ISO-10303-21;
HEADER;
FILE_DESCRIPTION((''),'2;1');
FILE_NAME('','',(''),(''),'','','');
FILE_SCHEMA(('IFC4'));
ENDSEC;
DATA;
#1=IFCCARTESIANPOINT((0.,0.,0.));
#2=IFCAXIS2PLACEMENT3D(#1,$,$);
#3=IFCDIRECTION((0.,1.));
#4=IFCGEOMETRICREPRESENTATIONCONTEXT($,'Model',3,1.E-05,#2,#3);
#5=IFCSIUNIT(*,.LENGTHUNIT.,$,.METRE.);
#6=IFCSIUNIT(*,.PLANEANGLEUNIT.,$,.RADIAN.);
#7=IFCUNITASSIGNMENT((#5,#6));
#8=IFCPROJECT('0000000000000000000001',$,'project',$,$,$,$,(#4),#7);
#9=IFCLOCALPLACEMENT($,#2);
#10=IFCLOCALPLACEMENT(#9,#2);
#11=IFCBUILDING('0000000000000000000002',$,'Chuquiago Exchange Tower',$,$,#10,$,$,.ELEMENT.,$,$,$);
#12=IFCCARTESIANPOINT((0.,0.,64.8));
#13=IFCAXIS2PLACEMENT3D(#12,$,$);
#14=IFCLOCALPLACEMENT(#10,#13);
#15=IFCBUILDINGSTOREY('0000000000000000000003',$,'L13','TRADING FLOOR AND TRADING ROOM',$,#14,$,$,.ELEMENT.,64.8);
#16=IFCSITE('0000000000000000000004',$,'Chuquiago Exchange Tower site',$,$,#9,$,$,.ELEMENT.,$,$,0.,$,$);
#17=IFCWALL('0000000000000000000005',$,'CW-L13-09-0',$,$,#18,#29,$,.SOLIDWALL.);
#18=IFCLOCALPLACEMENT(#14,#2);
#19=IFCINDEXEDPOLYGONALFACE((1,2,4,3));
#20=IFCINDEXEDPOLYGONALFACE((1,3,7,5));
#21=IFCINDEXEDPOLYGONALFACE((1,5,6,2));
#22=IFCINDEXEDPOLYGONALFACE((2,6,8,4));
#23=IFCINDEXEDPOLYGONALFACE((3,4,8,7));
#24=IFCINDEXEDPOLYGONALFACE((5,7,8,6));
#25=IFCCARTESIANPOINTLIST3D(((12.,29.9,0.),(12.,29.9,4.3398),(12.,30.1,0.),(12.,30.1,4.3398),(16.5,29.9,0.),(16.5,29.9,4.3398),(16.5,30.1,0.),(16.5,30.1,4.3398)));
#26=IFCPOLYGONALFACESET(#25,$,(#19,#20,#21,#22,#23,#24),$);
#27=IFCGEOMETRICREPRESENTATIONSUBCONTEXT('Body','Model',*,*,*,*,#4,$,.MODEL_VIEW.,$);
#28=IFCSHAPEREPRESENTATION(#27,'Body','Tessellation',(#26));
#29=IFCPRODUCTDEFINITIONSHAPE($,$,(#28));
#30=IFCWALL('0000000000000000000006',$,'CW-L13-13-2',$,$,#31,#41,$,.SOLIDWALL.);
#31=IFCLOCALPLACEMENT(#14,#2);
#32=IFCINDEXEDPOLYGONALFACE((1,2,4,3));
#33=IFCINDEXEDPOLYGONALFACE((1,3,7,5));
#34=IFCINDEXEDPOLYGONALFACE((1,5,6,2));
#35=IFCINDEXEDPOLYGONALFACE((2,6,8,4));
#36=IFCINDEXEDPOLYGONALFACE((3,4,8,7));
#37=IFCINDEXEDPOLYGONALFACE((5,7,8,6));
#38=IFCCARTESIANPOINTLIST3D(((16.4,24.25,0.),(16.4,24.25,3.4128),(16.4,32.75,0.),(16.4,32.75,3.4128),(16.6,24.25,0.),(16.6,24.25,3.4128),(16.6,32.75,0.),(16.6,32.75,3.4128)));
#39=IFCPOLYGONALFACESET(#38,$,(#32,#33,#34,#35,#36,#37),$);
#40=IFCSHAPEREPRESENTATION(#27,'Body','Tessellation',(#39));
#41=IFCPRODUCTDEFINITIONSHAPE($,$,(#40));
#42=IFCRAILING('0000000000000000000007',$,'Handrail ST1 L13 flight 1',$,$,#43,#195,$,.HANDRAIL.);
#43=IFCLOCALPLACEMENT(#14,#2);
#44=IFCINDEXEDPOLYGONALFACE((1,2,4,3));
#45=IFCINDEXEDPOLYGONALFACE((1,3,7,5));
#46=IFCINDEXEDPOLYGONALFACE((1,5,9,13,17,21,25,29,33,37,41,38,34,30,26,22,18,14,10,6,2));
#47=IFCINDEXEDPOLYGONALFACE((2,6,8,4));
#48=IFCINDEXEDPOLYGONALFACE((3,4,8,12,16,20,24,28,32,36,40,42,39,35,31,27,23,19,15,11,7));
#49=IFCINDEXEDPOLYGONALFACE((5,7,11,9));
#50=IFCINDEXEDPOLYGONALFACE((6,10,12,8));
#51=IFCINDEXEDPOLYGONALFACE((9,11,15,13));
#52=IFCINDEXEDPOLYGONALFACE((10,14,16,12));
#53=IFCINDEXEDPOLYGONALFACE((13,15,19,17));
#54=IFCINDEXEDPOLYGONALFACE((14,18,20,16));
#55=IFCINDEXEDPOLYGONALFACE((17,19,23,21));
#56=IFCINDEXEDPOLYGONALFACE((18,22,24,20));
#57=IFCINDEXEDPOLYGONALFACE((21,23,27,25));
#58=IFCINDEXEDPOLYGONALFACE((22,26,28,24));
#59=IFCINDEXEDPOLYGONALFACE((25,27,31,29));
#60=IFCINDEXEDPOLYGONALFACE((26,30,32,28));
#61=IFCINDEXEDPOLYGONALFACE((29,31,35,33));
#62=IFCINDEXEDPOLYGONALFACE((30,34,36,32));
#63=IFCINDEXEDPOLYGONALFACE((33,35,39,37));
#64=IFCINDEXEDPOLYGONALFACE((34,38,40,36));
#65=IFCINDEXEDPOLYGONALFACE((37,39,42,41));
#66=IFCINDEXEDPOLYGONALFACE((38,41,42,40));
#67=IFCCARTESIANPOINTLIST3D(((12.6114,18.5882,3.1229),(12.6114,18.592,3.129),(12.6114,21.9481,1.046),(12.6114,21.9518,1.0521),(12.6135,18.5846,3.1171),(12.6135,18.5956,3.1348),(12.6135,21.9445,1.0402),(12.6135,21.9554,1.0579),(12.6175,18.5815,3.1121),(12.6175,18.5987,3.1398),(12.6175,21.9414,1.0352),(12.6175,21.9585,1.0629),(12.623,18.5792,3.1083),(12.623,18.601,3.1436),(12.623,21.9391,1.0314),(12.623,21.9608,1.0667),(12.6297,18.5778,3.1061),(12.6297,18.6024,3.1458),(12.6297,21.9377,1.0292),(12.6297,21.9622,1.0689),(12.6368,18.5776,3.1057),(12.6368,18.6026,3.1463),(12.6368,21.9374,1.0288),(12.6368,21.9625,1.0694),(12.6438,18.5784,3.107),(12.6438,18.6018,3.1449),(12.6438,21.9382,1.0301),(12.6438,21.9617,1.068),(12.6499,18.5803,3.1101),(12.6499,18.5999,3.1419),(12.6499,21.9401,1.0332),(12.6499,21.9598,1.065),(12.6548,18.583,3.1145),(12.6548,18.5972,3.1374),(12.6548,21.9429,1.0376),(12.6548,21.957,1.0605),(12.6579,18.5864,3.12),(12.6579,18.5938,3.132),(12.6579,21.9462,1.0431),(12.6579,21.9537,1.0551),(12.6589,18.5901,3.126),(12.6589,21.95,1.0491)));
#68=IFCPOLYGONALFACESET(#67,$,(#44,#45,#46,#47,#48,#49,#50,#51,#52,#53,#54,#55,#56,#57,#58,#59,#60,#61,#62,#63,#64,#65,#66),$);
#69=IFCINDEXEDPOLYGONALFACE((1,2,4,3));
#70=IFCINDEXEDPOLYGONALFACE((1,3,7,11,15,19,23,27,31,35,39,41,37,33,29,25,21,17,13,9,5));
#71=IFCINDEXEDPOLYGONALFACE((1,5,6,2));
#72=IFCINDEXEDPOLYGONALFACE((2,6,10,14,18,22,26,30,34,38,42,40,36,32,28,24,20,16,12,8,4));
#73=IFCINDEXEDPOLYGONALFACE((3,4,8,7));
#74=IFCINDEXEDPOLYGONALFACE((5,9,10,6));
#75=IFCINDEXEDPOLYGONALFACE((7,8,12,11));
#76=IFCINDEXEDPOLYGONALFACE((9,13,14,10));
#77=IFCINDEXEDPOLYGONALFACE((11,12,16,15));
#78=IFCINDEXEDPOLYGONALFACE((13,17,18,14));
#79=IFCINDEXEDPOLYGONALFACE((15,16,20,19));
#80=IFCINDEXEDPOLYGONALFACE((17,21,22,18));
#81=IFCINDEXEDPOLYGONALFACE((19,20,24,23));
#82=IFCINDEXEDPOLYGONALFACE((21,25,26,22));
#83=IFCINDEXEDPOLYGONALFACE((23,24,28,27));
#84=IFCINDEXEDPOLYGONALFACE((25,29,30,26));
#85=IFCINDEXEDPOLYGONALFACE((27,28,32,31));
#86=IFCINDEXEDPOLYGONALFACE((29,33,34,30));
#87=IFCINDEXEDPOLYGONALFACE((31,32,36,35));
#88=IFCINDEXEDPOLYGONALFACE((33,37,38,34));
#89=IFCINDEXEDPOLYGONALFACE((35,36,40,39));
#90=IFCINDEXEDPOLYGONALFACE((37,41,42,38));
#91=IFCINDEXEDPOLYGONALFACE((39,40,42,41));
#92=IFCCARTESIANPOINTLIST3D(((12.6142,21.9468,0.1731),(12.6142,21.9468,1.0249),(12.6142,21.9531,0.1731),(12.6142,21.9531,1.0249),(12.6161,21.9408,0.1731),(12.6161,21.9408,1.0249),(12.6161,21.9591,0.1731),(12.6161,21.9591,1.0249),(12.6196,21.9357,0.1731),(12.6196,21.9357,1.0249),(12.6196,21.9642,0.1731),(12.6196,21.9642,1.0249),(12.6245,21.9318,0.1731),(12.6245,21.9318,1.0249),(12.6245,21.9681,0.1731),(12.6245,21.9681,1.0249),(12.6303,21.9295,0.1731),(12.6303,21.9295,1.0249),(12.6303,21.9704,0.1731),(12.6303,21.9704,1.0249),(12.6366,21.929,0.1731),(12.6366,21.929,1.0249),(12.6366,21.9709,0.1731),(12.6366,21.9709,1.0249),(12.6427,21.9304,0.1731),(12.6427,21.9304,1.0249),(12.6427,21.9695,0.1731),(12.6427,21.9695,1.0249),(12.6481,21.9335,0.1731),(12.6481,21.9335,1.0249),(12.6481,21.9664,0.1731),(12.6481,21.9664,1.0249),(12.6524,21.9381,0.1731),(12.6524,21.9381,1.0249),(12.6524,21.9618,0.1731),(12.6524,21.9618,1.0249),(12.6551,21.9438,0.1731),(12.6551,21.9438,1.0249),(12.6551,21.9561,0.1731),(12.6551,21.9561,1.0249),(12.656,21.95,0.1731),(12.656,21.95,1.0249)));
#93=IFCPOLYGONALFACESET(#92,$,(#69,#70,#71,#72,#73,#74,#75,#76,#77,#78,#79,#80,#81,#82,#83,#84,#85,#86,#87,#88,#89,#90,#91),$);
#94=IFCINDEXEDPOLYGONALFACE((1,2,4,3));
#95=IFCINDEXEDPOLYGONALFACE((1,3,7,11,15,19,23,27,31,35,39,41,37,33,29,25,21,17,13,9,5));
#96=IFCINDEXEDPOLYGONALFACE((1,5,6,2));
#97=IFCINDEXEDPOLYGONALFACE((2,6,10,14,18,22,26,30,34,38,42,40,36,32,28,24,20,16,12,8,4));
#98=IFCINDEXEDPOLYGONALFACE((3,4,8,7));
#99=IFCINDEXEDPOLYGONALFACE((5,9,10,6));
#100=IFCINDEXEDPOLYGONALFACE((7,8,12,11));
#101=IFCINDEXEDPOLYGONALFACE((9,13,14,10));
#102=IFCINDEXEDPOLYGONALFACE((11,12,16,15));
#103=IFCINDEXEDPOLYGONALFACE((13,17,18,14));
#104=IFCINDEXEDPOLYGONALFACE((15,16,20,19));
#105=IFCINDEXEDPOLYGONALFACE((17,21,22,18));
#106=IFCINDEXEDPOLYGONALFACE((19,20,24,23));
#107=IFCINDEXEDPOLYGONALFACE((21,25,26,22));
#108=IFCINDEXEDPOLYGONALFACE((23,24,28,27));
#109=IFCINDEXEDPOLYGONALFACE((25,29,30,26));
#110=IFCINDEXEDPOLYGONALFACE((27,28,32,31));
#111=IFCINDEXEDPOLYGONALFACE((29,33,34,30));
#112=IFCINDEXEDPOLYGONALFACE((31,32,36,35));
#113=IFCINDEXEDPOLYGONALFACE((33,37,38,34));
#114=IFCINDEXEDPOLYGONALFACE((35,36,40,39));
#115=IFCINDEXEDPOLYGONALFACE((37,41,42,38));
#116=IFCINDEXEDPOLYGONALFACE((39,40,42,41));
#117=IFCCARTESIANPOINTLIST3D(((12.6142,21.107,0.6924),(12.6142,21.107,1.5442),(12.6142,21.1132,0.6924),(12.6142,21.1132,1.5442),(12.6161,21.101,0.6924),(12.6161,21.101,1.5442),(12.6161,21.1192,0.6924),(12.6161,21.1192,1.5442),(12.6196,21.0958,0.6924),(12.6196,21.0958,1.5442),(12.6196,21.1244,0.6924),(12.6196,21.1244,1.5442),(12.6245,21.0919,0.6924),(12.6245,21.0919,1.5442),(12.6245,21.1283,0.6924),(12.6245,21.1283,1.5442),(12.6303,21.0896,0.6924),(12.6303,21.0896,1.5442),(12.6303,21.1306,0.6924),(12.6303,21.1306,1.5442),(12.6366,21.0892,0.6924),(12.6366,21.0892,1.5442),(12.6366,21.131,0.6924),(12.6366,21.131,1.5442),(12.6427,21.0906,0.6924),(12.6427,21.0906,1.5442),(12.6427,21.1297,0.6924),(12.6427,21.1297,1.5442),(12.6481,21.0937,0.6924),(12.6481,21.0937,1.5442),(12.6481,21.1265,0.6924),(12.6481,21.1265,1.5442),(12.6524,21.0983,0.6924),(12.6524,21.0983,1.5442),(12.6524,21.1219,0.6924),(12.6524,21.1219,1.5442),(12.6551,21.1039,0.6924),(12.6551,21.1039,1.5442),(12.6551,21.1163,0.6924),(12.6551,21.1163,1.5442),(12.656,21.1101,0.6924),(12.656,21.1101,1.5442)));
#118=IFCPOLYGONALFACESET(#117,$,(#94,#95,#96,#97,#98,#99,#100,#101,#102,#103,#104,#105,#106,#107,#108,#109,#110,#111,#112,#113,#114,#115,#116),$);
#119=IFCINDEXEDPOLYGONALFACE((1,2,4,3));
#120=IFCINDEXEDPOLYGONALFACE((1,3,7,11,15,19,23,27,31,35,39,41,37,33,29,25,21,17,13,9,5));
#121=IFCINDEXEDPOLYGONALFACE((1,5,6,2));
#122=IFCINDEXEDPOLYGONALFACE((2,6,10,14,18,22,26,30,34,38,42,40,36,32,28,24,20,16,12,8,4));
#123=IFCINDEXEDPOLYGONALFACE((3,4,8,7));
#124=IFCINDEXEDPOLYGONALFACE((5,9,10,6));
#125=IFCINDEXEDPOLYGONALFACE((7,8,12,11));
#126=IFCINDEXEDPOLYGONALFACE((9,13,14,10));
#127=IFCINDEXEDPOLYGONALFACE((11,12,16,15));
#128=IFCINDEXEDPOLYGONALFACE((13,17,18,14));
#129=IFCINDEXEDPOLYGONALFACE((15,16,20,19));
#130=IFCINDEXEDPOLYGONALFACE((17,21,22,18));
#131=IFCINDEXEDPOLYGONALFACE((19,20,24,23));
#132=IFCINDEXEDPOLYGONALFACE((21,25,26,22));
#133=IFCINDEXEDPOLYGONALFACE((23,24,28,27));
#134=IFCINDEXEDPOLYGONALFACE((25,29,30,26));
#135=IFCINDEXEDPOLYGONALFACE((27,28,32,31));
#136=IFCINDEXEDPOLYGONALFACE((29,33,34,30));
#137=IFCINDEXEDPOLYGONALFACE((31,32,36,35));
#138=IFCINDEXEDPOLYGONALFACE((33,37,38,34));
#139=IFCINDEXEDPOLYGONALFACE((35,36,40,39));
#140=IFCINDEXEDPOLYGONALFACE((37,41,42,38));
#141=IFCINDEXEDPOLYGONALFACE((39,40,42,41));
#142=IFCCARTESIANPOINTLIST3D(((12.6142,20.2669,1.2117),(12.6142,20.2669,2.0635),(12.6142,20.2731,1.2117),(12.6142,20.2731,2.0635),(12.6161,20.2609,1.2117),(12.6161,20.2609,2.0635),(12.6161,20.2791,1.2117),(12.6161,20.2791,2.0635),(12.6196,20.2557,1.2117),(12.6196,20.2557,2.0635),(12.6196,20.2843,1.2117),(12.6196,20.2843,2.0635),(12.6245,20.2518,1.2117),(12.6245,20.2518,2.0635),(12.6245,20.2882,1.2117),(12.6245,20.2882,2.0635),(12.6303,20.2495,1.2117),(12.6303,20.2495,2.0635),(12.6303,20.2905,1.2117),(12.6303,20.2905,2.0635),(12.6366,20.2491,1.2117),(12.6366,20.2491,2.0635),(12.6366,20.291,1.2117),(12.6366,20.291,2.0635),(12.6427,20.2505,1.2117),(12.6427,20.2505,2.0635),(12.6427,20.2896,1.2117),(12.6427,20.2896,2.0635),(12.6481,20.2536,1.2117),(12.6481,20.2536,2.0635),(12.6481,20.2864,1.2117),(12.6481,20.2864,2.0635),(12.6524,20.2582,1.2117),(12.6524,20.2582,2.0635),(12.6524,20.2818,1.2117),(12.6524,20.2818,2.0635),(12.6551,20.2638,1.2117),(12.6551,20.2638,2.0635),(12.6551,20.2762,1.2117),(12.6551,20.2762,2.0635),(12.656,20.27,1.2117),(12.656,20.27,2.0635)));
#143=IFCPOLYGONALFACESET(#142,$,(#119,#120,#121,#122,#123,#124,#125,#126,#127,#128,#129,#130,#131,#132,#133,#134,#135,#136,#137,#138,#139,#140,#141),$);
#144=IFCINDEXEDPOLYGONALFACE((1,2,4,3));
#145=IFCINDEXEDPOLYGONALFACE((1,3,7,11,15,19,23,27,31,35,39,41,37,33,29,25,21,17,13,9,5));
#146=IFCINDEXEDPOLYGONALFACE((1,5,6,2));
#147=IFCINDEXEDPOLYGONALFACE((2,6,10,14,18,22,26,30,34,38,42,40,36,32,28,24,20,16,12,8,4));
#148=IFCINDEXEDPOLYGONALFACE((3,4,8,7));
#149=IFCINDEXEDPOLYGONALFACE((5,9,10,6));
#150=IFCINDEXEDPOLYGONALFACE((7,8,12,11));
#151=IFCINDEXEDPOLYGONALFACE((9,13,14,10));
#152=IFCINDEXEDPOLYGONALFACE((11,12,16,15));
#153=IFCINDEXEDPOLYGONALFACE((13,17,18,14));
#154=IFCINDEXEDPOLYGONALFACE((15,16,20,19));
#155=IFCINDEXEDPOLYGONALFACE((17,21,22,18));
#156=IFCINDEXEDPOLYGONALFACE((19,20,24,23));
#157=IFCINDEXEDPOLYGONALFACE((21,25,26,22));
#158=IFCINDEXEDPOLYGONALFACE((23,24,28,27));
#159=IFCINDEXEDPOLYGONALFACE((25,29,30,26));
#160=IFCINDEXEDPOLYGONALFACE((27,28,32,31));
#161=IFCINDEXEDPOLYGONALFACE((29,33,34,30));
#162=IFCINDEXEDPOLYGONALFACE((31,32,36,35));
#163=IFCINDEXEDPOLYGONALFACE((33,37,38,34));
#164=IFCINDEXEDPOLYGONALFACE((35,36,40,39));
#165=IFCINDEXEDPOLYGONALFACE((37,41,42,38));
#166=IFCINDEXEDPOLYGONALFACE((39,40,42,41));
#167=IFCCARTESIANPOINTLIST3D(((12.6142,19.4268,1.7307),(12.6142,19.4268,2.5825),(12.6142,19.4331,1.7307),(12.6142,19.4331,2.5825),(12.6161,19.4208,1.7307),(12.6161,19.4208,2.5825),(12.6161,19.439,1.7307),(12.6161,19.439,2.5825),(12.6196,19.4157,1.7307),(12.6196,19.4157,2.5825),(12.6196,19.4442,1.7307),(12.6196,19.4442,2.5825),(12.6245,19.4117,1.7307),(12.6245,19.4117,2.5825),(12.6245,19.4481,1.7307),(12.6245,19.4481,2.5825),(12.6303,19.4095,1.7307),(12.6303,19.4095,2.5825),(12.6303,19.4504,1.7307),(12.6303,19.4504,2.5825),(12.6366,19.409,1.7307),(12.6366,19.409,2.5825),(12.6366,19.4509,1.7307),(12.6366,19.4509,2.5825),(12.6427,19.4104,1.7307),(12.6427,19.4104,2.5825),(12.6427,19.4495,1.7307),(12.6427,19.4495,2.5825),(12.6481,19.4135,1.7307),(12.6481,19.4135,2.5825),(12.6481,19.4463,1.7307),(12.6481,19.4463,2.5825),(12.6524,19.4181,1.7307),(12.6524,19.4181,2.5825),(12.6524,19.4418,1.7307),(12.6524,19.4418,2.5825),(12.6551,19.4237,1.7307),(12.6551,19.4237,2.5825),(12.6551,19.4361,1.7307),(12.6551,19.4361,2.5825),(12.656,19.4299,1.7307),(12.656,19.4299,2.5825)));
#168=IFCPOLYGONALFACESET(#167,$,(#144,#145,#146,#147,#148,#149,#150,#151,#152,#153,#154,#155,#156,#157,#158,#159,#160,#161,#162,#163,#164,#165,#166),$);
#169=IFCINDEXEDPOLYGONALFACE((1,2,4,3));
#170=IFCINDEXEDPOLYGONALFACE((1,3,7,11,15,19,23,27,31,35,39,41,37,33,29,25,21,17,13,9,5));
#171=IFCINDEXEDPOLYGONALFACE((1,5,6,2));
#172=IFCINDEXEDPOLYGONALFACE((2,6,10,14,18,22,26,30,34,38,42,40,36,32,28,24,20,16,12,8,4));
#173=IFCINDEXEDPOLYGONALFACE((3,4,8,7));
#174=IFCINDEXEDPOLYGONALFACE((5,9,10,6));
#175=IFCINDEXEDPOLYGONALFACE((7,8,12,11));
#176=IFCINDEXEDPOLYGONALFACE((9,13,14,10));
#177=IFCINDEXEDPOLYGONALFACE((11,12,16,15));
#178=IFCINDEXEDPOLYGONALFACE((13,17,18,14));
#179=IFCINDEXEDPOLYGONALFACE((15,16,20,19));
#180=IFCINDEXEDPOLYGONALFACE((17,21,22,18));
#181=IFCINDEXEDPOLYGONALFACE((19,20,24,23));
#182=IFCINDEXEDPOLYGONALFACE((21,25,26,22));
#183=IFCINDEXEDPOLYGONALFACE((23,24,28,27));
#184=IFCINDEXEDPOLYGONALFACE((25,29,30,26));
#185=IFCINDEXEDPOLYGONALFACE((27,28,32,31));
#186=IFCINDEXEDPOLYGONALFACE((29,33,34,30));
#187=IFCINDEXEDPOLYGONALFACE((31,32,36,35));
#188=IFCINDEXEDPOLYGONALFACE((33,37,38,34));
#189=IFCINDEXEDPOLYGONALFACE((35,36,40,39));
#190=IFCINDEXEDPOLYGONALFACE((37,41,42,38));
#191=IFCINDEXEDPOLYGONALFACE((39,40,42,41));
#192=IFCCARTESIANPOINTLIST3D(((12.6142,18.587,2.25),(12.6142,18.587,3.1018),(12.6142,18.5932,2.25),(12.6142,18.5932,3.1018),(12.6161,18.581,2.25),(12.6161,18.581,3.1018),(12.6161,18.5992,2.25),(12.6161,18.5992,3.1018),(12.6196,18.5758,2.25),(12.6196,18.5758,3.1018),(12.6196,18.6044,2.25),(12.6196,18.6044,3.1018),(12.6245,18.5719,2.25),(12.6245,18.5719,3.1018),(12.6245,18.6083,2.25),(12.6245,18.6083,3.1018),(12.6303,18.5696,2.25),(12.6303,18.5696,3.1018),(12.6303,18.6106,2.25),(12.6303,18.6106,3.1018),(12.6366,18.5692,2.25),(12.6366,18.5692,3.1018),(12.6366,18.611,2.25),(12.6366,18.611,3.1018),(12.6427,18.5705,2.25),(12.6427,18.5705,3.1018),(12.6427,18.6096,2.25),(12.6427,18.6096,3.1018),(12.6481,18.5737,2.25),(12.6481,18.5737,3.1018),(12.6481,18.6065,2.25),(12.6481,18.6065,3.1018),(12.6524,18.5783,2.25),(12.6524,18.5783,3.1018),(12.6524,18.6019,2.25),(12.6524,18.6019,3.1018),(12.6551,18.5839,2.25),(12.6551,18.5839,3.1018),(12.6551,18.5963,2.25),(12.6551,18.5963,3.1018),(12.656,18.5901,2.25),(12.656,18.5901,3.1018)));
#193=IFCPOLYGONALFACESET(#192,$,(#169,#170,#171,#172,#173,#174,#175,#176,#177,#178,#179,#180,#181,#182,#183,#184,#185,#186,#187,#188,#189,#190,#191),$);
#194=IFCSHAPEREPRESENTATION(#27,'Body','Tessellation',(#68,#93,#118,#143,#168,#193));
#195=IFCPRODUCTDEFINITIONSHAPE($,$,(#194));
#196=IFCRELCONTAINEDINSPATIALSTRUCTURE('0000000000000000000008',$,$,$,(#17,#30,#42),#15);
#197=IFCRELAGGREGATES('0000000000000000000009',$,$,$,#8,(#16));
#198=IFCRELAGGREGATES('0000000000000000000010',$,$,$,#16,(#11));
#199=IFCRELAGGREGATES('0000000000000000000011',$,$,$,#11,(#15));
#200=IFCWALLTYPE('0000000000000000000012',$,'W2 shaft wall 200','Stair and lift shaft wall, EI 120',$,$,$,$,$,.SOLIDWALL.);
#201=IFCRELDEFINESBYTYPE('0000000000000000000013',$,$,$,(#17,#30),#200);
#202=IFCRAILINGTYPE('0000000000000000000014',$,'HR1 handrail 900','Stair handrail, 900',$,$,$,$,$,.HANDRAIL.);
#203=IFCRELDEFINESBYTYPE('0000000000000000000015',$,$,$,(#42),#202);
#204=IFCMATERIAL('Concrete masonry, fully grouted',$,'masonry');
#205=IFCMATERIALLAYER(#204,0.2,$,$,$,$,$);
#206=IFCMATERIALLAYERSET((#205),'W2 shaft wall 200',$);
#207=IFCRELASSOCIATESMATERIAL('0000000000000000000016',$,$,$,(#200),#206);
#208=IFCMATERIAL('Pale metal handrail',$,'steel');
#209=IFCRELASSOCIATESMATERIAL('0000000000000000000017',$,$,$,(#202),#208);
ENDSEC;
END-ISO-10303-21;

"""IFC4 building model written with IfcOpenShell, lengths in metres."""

from ifc_helpers import new_model, si_unit, direction, frame, frame_2d, origin, origin_2d, place, context, subcontext, project, spatial, rectangle, circle, extrude, material, layer, layer_set, type_object, element, save


model = new_model("IFC4")

# Units and contexts
model_context = context("Model", 3, precision=1e-05, world=origin(), true_north=direction((0.0, 1.0)))
body_context = subcontext(model_context, "Body", "Model", "MODEL_VIEW")
ifc_project = project(units=[si_unit("LENGTHUNIT", "METRE"), si_unit("PLANEANGLEUNIT", "RADIAN")], contexts=[model_context])

# Site, building, storey
site_placement = place(None, origin())
site = spatial("IfcSite", under=ifc_project, at=site_placement, Name="Chuquiago Exchange Tower site", CompositionType="ELEMENT", RefElevation=0.0)
building_placement = place(site_placement, origin())
building = spatial("IfcBuilding", under=site, at=building_placement, Name="Chuquiago Exchange Tower", CompositionType="ELEMENT")
storey_placement = place(building_placement, frame((0.0, 0.0, 64.8)))
storey = spatial("IfcBuildingStorey", under=building, at=storey_placement, Name="L13", Description="TRADING FLOOR AND TRADING ROOM", CompositionType="ELEMENT", Elevation=64.8)

# Shared definitions
ifc_material_1 = material(Name="Concrete masonry, fully grouted", Category="masonry")
ifc_layer_1 = layer(ifc_material_1, 0.2)
ifc_layer_set_1 = layer_set([ifc_layer_1], Name="W2 shaft wall 200")
wall_type_1 = type_object("IfcWallType", Name="W2 shaft wall 200", Description="Stair and lift shaft wall, EI 120", PredefinedType="SOLIDWALL", material=ifc_layer_set_1)

# Walls
wall_1_placement = place(storey_placement, frame((12.0, 30.0, 0.0), z_axis=(0.0, 0.0, 1.0), x_axis=(1.0, 0.0, 0.0)))
element("IfcWall", 1, at=wall_1_placement, inside=storey, type_object=wall_type_1, Name="CW-L13-09-0", PredefinedType="SOLIDWALL", context=body_context, shape_type="SweptSolid", body=[
    extrude(rectangle(XDim=4.5, YDim=0.2, at=frame_2d((2.25, 0.0))), origin(), (0.0, 0.0, 1.0), 4.3398),
])
wall_2_placement = place(storey_placement, frame((16.5, 24.25, 0.0), z_axis=(0.0, 0.0, 1.0), x_axis=(0.0, 1.0, 0.0)))
element("IfcWall", 2, at=wall_2_placement, inside=storey, type_object=wall_type_1, Name="CW-L13-13-2", PredefinedType="SOLIDWALL", context=body_context, shape_type="SweptSolid", body=[
    extrude(rectangle(XDim=8.5, YDim=0.2, at=frame_2d((4.25, 0.0))), origin(), (0.0, 0.0, 1.0), 3.4128),
])

# Railing
ifc_material_2 = material(Name="Pale metal handrail", Category="steel")
railing_type = type_object("IfcRailingType", Name="HR1 handrail 900", Description="Stair handrail, 900", PredefinedType="HANDRAIL", material=ifc_material_2)
for number, where, name in (
    (3, (12.635, 21.95, 0.1731), "Handrail ST1 L13 flight 1"),
):
    element("IfcRailing", number, at=place(storey_placement, frame(where)), inside=storey, type_object=railing_type, Name=name, PredefinedType="HANDRAIL", context=body_context, shape_type="SweptSolid", body=[
        extrude(circle(Radius=0.0239, at=origin_2d()), frame((0.0, 0.0, 0.876), z_axis=(0.0, -0.850606, 0.525803), x_axis=(1.0, 0.0, 0.0)), (0.0, 0.0, 1.0), 3.95),
        extrude(circle(Radius=0.021, at=origin_2d()), origin(), (0.0, 0.0, 1.0), 0.8518),
        extrude(circle(Radius=0.021, at=origin_2d()), frame((0.0, -0.8398, 0.5193)), (0.0, 0.0, 1.0), 0.8518),
        extrude(circle(Radius=0.021, at=origin_2d()), frame((0.0, -1.6799, 1.0386)), (0.0, 0.0, 1.0), 0.8518),
        extrude(circle(Radius=0.021, at=origin_2d()), frame((0.0, -2.52, 1.5576)), (0.0, 0.0, 1.0), 0.8518),
        extrude(circle(Radius=0.021, at=origin_2d()), frame((0.0, -3.3599, 2.0769)), (0.0, 0.0, 1.0), 0.8518),
    ])

save(model, "model.ifc")
